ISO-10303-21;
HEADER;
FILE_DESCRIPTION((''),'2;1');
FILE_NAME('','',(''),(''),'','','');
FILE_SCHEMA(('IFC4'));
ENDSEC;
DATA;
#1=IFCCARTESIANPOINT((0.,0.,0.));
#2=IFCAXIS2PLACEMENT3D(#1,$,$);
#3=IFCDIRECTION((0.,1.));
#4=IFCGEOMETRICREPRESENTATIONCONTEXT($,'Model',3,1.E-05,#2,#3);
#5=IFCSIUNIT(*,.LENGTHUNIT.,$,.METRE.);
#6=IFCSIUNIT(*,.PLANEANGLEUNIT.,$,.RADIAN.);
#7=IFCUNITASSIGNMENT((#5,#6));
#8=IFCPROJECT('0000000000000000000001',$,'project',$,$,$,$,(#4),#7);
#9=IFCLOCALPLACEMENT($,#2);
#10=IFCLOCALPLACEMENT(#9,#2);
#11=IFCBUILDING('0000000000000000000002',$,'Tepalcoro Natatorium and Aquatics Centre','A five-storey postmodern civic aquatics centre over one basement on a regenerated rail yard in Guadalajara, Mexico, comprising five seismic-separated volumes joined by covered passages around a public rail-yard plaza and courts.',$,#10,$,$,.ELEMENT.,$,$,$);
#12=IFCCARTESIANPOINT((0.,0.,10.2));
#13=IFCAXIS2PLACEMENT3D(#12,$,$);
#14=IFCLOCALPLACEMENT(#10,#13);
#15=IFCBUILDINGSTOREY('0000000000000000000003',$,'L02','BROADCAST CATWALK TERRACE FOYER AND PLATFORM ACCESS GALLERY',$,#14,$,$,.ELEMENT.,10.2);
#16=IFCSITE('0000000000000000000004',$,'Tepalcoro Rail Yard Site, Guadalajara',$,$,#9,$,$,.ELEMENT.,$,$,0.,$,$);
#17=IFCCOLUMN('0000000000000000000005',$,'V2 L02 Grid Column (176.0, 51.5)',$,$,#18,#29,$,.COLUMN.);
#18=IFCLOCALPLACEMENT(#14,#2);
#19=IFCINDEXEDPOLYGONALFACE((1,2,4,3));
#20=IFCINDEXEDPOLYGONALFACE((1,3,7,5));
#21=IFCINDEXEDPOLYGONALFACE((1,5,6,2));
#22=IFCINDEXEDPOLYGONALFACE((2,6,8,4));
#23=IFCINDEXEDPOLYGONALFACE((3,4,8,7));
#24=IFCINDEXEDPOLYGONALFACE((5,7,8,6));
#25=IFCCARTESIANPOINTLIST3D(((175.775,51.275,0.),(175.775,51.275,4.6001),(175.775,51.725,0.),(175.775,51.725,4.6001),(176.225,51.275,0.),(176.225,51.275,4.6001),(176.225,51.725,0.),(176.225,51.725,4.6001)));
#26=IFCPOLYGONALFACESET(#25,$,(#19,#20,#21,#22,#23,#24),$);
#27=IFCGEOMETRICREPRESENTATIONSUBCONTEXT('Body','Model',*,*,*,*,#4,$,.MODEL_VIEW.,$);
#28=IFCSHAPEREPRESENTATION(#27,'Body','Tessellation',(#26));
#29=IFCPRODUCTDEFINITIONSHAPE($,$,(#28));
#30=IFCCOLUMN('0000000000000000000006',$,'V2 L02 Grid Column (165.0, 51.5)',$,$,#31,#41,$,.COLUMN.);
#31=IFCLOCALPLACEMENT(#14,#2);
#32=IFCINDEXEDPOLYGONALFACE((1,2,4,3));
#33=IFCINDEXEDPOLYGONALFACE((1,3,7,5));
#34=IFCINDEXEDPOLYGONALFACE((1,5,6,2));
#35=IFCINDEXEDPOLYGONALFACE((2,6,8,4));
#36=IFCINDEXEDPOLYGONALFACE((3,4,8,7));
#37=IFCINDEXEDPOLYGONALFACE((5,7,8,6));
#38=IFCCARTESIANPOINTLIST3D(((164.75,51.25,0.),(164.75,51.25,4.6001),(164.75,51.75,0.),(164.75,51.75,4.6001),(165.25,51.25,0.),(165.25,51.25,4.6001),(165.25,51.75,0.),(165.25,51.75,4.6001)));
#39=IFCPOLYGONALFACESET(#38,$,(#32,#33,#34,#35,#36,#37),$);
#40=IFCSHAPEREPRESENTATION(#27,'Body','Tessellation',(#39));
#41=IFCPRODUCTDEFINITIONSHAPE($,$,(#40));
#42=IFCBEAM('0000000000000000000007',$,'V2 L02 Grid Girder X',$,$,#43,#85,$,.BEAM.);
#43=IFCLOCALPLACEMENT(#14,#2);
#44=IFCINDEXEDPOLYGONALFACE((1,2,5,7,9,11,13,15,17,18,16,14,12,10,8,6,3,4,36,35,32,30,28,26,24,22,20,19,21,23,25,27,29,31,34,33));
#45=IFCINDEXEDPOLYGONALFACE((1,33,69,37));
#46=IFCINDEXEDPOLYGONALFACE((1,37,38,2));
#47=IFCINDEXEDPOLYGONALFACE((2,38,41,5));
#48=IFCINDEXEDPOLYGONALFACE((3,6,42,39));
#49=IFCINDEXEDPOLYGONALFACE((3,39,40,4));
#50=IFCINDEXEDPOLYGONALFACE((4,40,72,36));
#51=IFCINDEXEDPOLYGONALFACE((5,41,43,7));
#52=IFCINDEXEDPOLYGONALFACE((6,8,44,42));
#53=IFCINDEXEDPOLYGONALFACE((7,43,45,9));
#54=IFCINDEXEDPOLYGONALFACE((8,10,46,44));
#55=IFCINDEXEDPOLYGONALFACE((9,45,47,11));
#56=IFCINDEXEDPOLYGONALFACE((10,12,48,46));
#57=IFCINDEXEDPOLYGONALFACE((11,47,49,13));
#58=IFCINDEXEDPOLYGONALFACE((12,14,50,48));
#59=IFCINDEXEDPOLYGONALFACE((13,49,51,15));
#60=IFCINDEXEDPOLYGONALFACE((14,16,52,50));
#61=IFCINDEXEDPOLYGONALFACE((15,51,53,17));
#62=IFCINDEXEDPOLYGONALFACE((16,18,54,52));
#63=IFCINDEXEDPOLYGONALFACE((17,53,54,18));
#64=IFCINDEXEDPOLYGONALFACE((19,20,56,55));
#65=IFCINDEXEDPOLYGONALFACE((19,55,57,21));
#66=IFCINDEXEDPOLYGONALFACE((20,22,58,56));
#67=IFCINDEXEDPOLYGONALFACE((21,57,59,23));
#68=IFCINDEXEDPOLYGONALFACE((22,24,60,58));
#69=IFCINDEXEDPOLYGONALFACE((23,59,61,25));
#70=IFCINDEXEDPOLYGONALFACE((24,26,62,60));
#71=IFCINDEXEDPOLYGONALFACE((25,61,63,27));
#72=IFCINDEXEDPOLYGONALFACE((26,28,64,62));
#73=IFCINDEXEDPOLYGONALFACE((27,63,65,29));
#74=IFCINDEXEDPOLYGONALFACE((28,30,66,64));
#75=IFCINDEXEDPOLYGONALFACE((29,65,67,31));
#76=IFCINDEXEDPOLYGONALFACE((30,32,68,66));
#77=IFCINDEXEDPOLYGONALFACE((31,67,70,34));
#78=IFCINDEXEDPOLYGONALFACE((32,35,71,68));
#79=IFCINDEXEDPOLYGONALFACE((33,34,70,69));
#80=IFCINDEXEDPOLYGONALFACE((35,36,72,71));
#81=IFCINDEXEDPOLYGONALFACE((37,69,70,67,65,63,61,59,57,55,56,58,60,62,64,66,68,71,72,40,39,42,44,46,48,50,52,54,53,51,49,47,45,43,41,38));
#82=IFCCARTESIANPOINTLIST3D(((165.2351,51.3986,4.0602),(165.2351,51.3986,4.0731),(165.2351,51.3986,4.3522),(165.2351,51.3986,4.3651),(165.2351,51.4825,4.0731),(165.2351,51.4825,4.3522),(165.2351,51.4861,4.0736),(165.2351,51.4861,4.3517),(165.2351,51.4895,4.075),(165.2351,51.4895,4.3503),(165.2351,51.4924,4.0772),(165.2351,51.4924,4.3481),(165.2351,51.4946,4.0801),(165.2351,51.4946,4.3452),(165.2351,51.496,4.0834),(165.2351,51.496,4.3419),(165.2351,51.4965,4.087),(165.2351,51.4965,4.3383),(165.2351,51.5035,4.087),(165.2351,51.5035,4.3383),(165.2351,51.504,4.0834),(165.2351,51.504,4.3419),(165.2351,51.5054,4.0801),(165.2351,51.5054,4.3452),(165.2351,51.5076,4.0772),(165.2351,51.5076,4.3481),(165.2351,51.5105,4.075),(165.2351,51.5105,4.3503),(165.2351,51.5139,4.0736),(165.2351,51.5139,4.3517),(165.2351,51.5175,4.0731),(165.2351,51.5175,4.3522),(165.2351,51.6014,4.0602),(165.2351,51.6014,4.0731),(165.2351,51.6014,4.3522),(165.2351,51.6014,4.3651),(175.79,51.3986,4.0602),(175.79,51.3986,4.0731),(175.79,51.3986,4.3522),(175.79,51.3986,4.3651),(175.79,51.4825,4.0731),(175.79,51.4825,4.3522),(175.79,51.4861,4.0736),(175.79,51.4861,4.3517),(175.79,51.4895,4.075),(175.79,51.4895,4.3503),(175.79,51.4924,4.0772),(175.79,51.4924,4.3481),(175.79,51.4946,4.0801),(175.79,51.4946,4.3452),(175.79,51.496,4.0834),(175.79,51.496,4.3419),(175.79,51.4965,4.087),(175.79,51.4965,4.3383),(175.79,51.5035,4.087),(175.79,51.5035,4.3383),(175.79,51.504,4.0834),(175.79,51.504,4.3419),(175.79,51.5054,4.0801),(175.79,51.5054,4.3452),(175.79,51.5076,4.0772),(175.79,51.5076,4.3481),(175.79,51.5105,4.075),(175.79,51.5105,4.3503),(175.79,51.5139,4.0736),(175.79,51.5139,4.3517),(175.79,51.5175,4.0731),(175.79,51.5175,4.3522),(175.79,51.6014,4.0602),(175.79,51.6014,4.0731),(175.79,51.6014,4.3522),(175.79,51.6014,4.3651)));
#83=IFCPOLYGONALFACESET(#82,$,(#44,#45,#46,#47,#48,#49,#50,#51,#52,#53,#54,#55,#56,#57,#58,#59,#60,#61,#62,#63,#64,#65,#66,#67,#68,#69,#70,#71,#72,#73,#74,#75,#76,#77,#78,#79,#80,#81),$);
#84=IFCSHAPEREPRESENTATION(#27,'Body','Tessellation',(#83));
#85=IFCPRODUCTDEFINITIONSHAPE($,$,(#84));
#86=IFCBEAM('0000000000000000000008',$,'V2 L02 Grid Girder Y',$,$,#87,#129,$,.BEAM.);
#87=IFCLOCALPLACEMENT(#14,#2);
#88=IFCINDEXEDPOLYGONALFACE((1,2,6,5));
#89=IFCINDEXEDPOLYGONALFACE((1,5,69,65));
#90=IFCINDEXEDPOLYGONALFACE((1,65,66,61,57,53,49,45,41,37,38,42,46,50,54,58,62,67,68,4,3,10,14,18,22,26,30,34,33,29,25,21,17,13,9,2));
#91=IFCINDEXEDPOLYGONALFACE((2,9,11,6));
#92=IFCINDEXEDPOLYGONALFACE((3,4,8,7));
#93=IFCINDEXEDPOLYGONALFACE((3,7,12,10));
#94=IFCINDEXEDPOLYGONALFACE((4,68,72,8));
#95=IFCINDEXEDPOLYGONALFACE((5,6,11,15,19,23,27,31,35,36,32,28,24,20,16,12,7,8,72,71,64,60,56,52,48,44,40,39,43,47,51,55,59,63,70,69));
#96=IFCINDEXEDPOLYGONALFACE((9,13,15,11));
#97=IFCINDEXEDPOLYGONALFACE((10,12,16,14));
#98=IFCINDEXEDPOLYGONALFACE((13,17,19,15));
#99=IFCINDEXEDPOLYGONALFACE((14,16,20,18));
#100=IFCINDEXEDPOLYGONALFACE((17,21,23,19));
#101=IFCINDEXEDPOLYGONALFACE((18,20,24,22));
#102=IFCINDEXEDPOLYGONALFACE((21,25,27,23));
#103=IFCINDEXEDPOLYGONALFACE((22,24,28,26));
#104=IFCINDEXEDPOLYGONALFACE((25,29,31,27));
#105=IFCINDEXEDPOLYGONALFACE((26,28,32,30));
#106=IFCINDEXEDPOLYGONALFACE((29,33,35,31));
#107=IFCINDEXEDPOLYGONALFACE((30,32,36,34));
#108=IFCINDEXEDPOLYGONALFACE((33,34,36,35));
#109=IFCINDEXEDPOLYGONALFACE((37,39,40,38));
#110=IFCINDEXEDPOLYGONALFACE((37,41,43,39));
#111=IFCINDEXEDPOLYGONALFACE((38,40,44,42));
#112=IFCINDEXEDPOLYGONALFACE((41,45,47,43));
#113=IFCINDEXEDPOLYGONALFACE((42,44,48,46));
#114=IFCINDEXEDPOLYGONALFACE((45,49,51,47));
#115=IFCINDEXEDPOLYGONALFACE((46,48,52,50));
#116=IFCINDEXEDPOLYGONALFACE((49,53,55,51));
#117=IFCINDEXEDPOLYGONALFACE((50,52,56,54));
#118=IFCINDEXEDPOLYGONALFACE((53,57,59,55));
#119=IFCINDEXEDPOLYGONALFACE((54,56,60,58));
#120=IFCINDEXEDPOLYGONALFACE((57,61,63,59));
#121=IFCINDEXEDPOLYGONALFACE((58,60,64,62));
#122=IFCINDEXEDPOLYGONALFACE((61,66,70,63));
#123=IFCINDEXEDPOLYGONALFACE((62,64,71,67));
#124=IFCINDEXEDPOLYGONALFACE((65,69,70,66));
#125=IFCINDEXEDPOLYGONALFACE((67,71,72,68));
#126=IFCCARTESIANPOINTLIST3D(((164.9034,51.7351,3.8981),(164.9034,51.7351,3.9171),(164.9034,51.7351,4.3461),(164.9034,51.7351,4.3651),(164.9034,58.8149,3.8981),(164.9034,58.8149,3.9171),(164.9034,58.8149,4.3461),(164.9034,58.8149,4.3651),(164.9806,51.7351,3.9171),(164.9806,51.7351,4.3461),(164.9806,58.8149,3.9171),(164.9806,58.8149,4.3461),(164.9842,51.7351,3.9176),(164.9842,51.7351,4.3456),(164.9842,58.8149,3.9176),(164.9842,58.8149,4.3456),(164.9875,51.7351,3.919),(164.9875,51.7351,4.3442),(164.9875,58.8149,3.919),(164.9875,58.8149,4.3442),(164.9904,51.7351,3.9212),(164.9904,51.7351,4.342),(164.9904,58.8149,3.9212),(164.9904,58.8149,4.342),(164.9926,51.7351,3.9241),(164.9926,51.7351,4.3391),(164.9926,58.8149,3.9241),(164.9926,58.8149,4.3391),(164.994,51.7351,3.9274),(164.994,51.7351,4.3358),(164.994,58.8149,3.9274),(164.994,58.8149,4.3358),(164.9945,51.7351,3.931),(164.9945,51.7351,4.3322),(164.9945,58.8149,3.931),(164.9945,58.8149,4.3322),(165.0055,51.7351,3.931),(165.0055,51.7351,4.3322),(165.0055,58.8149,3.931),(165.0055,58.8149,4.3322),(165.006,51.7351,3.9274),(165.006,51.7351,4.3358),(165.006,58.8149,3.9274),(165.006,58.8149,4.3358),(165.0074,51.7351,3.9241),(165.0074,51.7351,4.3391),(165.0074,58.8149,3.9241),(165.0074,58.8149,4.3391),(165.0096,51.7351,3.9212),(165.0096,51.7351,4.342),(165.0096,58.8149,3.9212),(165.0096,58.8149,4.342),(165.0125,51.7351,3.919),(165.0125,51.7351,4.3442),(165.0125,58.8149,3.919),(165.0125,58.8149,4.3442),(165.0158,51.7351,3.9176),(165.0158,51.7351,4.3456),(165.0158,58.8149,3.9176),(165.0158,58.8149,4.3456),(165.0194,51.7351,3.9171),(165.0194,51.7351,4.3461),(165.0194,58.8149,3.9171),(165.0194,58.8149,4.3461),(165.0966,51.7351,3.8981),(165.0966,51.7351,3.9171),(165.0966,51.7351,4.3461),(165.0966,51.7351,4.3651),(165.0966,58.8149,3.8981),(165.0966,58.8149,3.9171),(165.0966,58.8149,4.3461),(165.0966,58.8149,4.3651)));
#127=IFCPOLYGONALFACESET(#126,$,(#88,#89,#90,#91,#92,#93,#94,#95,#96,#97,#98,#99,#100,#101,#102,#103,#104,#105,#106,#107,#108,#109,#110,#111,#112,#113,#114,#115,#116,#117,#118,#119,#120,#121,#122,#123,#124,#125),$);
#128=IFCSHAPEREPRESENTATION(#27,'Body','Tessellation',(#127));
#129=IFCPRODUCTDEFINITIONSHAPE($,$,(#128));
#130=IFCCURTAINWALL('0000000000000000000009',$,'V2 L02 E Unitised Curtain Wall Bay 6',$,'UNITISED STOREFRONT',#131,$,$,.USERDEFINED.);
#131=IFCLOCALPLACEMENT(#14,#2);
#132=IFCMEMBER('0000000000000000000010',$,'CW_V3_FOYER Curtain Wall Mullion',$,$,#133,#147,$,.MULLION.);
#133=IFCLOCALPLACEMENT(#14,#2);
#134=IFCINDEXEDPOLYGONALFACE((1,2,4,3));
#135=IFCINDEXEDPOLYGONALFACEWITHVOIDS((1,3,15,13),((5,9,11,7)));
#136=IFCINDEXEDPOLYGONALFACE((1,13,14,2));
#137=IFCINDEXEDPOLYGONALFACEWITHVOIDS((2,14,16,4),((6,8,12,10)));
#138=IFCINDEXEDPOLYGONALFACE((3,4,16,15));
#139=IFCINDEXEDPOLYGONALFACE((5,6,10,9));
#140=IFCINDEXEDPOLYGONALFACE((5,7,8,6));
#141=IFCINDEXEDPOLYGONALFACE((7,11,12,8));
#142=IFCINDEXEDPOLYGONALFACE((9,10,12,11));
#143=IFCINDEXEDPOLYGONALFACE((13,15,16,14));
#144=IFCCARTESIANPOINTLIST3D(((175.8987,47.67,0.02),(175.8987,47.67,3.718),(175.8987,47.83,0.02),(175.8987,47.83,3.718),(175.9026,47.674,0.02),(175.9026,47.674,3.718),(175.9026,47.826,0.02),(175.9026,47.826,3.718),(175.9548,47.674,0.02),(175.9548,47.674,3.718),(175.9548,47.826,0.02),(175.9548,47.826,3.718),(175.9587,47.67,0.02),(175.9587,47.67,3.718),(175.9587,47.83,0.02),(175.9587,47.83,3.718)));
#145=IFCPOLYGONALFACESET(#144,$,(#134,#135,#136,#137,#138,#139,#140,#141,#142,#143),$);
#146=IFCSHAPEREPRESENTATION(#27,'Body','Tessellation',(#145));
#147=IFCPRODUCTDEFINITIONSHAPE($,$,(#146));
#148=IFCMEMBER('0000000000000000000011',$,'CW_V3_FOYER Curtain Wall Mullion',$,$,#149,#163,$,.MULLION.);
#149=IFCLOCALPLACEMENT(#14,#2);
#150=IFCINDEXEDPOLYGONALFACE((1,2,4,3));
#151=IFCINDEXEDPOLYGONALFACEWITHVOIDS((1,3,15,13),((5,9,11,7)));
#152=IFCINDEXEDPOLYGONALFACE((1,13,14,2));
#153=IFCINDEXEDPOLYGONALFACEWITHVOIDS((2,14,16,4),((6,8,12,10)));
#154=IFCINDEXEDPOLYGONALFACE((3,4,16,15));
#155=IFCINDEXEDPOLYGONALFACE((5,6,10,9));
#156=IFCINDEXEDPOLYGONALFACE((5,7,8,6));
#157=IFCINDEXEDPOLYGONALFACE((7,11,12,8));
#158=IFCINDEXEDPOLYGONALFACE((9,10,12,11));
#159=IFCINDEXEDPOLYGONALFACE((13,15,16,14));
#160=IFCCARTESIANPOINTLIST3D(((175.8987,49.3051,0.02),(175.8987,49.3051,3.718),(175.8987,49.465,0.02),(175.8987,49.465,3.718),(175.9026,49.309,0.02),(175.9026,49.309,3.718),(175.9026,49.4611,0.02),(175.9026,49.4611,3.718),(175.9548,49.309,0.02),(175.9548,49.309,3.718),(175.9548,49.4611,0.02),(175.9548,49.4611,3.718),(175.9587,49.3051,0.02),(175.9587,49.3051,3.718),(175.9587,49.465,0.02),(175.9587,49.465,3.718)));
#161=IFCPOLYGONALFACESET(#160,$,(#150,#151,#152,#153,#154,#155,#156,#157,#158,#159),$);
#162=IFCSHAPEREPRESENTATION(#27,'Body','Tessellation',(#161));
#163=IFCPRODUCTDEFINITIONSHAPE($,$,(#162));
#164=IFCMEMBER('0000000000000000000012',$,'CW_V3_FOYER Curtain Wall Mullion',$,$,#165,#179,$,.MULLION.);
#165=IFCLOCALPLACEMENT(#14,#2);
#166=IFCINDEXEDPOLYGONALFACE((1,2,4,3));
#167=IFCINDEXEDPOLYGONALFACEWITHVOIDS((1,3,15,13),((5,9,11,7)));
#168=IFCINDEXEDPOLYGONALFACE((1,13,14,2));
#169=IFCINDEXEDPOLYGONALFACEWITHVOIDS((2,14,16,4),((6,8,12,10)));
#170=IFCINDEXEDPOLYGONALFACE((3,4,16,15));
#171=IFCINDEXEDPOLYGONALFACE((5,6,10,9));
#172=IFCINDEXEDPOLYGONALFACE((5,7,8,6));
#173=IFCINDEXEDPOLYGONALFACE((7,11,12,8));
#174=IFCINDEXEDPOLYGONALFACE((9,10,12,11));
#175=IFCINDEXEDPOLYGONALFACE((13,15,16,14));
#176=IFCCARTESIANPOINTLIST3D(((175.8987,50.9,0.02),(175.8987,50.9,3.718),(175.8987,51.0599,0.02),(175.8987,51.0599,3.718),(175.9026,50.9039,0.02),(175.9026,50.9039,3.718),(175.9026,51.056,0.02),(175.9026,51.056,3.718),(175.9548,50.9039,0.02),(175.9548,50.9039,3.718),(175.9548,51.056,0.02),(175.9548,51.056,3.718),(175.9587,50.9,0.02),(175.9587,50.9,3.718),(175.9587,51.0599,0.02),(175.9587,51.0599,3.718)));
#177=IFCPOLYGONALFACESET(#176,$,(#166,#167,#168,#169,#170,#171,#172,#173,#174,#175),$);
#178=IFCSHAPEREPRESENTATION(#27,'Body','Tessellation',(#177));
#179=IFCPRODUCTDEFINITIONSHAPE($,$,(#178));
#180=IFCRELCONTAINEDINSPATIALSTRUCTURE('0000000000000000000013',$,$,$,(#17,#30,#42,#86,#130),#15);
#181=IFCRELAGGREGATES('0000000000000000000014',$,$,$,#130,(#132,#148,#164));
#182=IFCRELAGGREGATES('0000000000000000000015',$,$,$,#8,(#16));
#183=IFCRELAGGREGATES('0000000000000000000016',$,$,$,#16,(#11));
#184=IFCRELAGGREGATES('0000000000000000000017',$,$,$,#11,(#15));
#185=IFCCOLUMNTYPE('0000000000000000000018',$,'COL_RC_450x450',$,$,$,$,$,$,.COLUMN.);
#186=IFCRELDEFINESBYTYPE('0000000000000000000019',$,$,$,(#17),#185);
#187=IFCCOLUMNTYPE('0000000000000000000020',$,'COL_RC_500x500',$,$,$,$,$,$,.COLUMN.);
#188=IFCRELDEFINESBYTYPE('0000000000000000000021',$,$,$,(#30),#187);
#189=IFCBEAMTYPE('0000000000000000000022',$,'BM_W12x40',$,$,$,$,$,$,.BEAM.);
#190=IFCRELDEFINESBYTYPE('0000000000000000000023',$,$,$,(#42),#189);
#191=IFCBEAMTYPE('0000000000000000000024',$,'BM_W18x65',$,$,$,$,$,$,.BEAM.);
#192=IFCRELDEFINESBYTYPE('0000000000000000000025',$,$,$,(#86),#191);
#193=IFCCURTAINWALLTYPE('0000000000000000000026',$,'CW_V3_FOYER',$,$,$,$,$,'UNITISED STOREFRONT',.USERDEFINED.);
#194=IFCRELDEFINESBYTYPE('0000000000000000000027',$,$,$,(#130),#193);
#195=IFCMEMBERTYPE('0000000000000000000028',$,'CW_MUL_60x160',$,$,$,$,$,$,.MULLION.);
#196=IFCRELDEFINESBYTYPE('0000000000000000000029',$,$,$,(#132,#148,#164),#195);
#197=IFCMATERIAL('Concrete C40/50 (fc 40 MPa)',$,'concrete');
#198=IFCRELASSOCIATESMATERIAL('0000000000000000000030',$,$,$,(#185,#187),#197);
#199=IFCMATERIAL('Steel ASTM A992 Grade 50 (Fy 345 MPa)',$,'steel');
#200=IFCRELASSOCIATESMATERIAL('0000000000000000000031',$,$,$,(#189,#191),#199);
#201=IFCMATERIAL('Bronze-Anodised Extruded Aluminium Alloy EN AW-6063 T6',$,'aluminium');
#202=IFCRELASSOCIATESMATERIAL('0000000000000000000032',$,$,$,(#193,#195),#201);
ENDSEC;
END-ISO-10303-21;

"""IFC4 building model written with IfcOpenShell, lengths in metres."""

from ifc_helpers import new_model, si_unit, direction, frame, origin, origin_2d, place, context, subcontext, project, spatial, rectangle, hollow_rectangle, i_section, extrude, material, material_profile, profile_set, type_object, element, aggregate, save


model = new_model("IFC4")

# Units and contexts
model_context = context("Model", 3, precision=1e-05, world=origin(), true_north=direction((0.0, 1.0)))
body_context = subcontext(model_context, "Body", "Model", "MODEL_VIEW")
ifc_project = project(units=[si_unit("LENGTHUNIT", "METRE"), si_unit("PLANEANGLEUNIT", "RADIAN")], contexts=[model_context])

# Site, building, storey
site_placement = place(None, origin())
site = spatial("IfcSite", under=ifc_project, at=site_placement, Name="Tepalcoro Rail Yard Site, Guadalajara", CompositionType="ELEMENT", RefElevation=0.0)
building_placement = place(site_placement, origin())
building = spatial("IfcBuilding", under=site, at=building_placement, Name="Tepalcoro Natatorium and Aquatics Centre", Description="A five-storey postmodern civic aquatics centre over one basement on a regenerated rail yard in Guadalajara, Mexico, comprising five seismic-separated volumes joined by covered passages around a public rail-yard plaza and courts.", CompositionType="ELEMENT")
storey_placement = place(building_placement, frame((0.0, 0.0, 10.2)))
storey = spatial("IfcBuildingStorey", under=building, at=storey_placement, Name="L02", Description="BROADCAST CATWALK TERRACE FOYER AND PLATFORM ACCESS GALLERY", CompositionType="ELEMENT", Elevation=10.2)

# Columns
ifc_material_1 = material(Name="Concrete C40/50 (fc 40 MPa)", Category="concrete")
ifc_material_profile_1 = material_profile(ifc_material_1, rectangle(XDim=0.45, YDim=0.45, at=origin_2d()), Name="RC450x450")
ifc_profile_set_1 = profile_set([ifc_material_profile_1], Name="Concrete C40/50 (fc 40 MPa)")
column_type_1 = type_object("IfcColumnType", Name="COL_RC_450x450", PredefinedType="COLUMN", material=ifc_profile_set_1)
column_1_placement = place(storey_placement, frame((176.0, 51.5, 0.0), z_axis=(0.0, 0.0, 1.0), x_axis=(1.0, 0.0, 0.0)))
element("IfcColumn", 1, at=column_1_placement, inside=storey, type_object=column_type_1, Name="V2 L02 Grid Column (176.0, 51.5)", PredefinedType="COLUMN", context=body_context, shape_type="SweptSolid", body=[
    extrude(rectangle(XDim=0.45, YDim=0.45, at=origin_2d()), origin(), (0.0, 0.0, 1.0), 4.6001),
])
ifc_material_profile_2 = material_profile(ifc_material_1, rectangle(XDim=0.5, YDim=0.5, at=origin_2d()), Name="RC500x500")
ifc_profile_set_2 = profile_set([ifc_material_profile_2], Name="Concrete C40/50 (fc 40 MPa)")
column_type_2 = type_object("IfcColumnType", Name="COL_RC_500x500", PredefinedType="COLUMN", material=ifc_profile_set_2)
column_2_placement = place(storey_placement, frame((165.0, 51.5, 0.0), z_axis=(0.0, 0.0, 1.0), x_axis=(1.0, 0.0, 0.0)))
element("IfcColumn", 2, at=column_2_placement, inside=storey, type_object=column_type_2, Name="V2 L02 Grid Column (165.0, 51.5)", PredefinedType="COLUMN", context=body_context, shape_type="SweptSolid", body=[
    extrude(rectangle(XDim=0.5, YDim=0.5, at=origin_2d()), origin(), (0.0, 0.0, 1.0), 4.6001),
])

# Beams
ifc_material_2 = material(Name="Steel ASTM A992 Grade 50 (Fy 345 MPa)", Category="steel")
ifc_material_profile_3 = material_profile(ifc_material_2, i_section(OverallWidth=0.2029, OverallDepth=0.3049, WebThickness=0.0071, FlangeThickness=0.0129, FilletRadius=0.0139, at=origin_2d()), Name="W12X40")
ifc_profile_set_3 = profile_set([ifc_material_profile_3], Name="Steel ASTM A992 Grade 50 (Fy 345 MPa)")
beam_type_1 = type_object("IfcBeamType", Name="BM_W12x40", PredefinedType="BEAM", material=ifc_profile_set_3)
beam_1_placement = place(storey_placement, frame((165.2351, 51.5, 4.2126), z_axis=(1.0, 0.0, 0.0), x_axis=(0.0, 1.0, 0.0)))
element("IfcBeam", 3, at=beam_1_placement, inside=storey, type_object=beam_type_1, Name="V2 L02 Grid Girder X", PredefinedType="BEAM", context=body_context, shape_type="SweptSolid", body=[
    extrude(i_section(OverallWidth=0.2029, OverallDepth=0.3049, WebThickness=0.0071, FlangeThickness=0.0129, FilletRadius=0.0139, at=origin_2d()), origin(), (0.0, 0.0, 1.0), 10.5549),
])
ifc_material_profile_4 = material_profile(ifc_material_2, i_section(OverallWidth=0.1931, OverallDepth=0.467, WebThickness=0.011, FlangeThickness=0.019, FilletRadius=0.0139, at=origin_2d()), Name="W18X65")
ifc_profile_set_4 = profile_set([ifc_material_profile_4], Name="Steel ASTM A992 Grade 50 (Fy 345 MPa)")
beam_type_2 = type_object("IfcBeamType", Name="BM_W18x65", PredefinedType="BEAM", material=ifc_profile_set_4)
beam_2_placement = place(storey_placement, frame((165.0, 51.7351, 4.1316), z_axis=(0.0, 1.0, 0.0), x_axis=(-1.0, 0.0, 0.0)))
element("IfcBeam", 4, at=beam_2_placement, inside=storey, type_object=beam_type_2, Name="V2 L02 Grid Girder Y", PredefinedType="BEAM", context=body_context, shape_type="SweptSolid", body=[
    extrude(i_section(OverallWidth=0.1931, OverallDepth=0.467, WebThickness=0.011, FlangeThickness=0.019, FilletRadius=0.0139, at=origin_2d()), origin(), (0.0, 0.0, 1.0), 7.0798),
])

# Curtain wall, members
ifc_material_3 = material(Name="Bronze-Anodised Extruded Aluminium Alloy EN AW-6063 T6", Category="aluminium")
curtain_wall_type = type_object("IfcCurtainWallType", Name="CW_V3_FOYER", ElementType="UNITISED STOREFRONT", PredefinedType="USERDEFINED", material=ifc_material_3)
curtain_wall_placement = place(storey_placement, origin())
curtain_wall = element("IfcCurtainWall", 5, at=curtain_wall_placement, inside=storey, type_object=curtain_wall_type, Name="V2 L02 E Unitised Curtain Wall Bay 6", ObjectType="UNITISED STOREFRONT", PredefinedType="USERDEFINED")
ifc_material_profile_5 = material_profile(ifc_material_3, hollow_rectangle(XDim=0.0601, YDim=0.1599, WallThickness=0.0039, at=origin_2d()), Name="AL60X160X4")
ifc_profile_set_5 = profile_set([ifc_material_profile_5], Name="Bronze-Anodised Extruded Aluminium Alloy EN AW-6063 T6")
member_type = type_object("IfcMemberType", Name="CW_MUL_60x160", PredefinedType="MULLION", material=ifc_profile_set_5)
member_1_placement = place(storey_placement, frame((175.9287, 47.75, 0.02), z_axis=(0.0, 0.0, 1.0), x_axis=(1.0, 0.0, 0.0)))
member_1 = element("IfcMember", 6, at=member_1_placement, type_object=member_type, Name="CW_V3_FOYER Curtain Wall Mullion", PredefinedType="MULLION", context=body_context, shape_type="SweptSolid", body=[
    extrude(hollow_rectangle(XDim=0.0601, YDim=0.1599, WallThickness=0.0039, at=origin_2d()), origin(), (0.0, 0.0, 1.0), 3.698),
])
member_2_placement = place(storey_placement, frame((175.9287, 49.385, 0.02), z_axis=(0.0, 0.0, 1.0), x_axis=(1.0, 0.0, 0.0)))
member_2 = element("IfcMember", 7, at=member_2_placement, type_object=member_type, Name="CW_V3_FOYER Curtain Wall Mullion", PredefinedType="MULLION", context=body_context, shape_type="SweptSolid", body=[
    extrude(hollow_rectangle(XDim=0.0601, YDim=0.1599, WallThickness=0.0039, at=origin_2d()), origin(), (0.0, 0.0, 1.0), 3.698),
])
member_3_placement = place(storey_placement, frame((175.9287, 50.98, 0.02), z_axis=(0.0, 0.0, 1.0), x_axis=(1.0, 0.0, 0.0)))
member_3 = element("IfcMember", 8, at=member_3_placement, type_object=member_type, Name="CW_V3_FOYER Curtain Wall Mullion", PredefinedType="MULLION", context=body_context, shape_type="SweptSolid", body=[
    extrude(hollow_rectangle(XDim=0.0601, YDim=0.1599, WallThickness=0.0039, at=origin_2d()), origin(), (0.0, 0.0, 1.0), 3.698),
])

aggregate(curtain_wall, [member_1, member_2, member_3])

save(model, "model.ifc")
